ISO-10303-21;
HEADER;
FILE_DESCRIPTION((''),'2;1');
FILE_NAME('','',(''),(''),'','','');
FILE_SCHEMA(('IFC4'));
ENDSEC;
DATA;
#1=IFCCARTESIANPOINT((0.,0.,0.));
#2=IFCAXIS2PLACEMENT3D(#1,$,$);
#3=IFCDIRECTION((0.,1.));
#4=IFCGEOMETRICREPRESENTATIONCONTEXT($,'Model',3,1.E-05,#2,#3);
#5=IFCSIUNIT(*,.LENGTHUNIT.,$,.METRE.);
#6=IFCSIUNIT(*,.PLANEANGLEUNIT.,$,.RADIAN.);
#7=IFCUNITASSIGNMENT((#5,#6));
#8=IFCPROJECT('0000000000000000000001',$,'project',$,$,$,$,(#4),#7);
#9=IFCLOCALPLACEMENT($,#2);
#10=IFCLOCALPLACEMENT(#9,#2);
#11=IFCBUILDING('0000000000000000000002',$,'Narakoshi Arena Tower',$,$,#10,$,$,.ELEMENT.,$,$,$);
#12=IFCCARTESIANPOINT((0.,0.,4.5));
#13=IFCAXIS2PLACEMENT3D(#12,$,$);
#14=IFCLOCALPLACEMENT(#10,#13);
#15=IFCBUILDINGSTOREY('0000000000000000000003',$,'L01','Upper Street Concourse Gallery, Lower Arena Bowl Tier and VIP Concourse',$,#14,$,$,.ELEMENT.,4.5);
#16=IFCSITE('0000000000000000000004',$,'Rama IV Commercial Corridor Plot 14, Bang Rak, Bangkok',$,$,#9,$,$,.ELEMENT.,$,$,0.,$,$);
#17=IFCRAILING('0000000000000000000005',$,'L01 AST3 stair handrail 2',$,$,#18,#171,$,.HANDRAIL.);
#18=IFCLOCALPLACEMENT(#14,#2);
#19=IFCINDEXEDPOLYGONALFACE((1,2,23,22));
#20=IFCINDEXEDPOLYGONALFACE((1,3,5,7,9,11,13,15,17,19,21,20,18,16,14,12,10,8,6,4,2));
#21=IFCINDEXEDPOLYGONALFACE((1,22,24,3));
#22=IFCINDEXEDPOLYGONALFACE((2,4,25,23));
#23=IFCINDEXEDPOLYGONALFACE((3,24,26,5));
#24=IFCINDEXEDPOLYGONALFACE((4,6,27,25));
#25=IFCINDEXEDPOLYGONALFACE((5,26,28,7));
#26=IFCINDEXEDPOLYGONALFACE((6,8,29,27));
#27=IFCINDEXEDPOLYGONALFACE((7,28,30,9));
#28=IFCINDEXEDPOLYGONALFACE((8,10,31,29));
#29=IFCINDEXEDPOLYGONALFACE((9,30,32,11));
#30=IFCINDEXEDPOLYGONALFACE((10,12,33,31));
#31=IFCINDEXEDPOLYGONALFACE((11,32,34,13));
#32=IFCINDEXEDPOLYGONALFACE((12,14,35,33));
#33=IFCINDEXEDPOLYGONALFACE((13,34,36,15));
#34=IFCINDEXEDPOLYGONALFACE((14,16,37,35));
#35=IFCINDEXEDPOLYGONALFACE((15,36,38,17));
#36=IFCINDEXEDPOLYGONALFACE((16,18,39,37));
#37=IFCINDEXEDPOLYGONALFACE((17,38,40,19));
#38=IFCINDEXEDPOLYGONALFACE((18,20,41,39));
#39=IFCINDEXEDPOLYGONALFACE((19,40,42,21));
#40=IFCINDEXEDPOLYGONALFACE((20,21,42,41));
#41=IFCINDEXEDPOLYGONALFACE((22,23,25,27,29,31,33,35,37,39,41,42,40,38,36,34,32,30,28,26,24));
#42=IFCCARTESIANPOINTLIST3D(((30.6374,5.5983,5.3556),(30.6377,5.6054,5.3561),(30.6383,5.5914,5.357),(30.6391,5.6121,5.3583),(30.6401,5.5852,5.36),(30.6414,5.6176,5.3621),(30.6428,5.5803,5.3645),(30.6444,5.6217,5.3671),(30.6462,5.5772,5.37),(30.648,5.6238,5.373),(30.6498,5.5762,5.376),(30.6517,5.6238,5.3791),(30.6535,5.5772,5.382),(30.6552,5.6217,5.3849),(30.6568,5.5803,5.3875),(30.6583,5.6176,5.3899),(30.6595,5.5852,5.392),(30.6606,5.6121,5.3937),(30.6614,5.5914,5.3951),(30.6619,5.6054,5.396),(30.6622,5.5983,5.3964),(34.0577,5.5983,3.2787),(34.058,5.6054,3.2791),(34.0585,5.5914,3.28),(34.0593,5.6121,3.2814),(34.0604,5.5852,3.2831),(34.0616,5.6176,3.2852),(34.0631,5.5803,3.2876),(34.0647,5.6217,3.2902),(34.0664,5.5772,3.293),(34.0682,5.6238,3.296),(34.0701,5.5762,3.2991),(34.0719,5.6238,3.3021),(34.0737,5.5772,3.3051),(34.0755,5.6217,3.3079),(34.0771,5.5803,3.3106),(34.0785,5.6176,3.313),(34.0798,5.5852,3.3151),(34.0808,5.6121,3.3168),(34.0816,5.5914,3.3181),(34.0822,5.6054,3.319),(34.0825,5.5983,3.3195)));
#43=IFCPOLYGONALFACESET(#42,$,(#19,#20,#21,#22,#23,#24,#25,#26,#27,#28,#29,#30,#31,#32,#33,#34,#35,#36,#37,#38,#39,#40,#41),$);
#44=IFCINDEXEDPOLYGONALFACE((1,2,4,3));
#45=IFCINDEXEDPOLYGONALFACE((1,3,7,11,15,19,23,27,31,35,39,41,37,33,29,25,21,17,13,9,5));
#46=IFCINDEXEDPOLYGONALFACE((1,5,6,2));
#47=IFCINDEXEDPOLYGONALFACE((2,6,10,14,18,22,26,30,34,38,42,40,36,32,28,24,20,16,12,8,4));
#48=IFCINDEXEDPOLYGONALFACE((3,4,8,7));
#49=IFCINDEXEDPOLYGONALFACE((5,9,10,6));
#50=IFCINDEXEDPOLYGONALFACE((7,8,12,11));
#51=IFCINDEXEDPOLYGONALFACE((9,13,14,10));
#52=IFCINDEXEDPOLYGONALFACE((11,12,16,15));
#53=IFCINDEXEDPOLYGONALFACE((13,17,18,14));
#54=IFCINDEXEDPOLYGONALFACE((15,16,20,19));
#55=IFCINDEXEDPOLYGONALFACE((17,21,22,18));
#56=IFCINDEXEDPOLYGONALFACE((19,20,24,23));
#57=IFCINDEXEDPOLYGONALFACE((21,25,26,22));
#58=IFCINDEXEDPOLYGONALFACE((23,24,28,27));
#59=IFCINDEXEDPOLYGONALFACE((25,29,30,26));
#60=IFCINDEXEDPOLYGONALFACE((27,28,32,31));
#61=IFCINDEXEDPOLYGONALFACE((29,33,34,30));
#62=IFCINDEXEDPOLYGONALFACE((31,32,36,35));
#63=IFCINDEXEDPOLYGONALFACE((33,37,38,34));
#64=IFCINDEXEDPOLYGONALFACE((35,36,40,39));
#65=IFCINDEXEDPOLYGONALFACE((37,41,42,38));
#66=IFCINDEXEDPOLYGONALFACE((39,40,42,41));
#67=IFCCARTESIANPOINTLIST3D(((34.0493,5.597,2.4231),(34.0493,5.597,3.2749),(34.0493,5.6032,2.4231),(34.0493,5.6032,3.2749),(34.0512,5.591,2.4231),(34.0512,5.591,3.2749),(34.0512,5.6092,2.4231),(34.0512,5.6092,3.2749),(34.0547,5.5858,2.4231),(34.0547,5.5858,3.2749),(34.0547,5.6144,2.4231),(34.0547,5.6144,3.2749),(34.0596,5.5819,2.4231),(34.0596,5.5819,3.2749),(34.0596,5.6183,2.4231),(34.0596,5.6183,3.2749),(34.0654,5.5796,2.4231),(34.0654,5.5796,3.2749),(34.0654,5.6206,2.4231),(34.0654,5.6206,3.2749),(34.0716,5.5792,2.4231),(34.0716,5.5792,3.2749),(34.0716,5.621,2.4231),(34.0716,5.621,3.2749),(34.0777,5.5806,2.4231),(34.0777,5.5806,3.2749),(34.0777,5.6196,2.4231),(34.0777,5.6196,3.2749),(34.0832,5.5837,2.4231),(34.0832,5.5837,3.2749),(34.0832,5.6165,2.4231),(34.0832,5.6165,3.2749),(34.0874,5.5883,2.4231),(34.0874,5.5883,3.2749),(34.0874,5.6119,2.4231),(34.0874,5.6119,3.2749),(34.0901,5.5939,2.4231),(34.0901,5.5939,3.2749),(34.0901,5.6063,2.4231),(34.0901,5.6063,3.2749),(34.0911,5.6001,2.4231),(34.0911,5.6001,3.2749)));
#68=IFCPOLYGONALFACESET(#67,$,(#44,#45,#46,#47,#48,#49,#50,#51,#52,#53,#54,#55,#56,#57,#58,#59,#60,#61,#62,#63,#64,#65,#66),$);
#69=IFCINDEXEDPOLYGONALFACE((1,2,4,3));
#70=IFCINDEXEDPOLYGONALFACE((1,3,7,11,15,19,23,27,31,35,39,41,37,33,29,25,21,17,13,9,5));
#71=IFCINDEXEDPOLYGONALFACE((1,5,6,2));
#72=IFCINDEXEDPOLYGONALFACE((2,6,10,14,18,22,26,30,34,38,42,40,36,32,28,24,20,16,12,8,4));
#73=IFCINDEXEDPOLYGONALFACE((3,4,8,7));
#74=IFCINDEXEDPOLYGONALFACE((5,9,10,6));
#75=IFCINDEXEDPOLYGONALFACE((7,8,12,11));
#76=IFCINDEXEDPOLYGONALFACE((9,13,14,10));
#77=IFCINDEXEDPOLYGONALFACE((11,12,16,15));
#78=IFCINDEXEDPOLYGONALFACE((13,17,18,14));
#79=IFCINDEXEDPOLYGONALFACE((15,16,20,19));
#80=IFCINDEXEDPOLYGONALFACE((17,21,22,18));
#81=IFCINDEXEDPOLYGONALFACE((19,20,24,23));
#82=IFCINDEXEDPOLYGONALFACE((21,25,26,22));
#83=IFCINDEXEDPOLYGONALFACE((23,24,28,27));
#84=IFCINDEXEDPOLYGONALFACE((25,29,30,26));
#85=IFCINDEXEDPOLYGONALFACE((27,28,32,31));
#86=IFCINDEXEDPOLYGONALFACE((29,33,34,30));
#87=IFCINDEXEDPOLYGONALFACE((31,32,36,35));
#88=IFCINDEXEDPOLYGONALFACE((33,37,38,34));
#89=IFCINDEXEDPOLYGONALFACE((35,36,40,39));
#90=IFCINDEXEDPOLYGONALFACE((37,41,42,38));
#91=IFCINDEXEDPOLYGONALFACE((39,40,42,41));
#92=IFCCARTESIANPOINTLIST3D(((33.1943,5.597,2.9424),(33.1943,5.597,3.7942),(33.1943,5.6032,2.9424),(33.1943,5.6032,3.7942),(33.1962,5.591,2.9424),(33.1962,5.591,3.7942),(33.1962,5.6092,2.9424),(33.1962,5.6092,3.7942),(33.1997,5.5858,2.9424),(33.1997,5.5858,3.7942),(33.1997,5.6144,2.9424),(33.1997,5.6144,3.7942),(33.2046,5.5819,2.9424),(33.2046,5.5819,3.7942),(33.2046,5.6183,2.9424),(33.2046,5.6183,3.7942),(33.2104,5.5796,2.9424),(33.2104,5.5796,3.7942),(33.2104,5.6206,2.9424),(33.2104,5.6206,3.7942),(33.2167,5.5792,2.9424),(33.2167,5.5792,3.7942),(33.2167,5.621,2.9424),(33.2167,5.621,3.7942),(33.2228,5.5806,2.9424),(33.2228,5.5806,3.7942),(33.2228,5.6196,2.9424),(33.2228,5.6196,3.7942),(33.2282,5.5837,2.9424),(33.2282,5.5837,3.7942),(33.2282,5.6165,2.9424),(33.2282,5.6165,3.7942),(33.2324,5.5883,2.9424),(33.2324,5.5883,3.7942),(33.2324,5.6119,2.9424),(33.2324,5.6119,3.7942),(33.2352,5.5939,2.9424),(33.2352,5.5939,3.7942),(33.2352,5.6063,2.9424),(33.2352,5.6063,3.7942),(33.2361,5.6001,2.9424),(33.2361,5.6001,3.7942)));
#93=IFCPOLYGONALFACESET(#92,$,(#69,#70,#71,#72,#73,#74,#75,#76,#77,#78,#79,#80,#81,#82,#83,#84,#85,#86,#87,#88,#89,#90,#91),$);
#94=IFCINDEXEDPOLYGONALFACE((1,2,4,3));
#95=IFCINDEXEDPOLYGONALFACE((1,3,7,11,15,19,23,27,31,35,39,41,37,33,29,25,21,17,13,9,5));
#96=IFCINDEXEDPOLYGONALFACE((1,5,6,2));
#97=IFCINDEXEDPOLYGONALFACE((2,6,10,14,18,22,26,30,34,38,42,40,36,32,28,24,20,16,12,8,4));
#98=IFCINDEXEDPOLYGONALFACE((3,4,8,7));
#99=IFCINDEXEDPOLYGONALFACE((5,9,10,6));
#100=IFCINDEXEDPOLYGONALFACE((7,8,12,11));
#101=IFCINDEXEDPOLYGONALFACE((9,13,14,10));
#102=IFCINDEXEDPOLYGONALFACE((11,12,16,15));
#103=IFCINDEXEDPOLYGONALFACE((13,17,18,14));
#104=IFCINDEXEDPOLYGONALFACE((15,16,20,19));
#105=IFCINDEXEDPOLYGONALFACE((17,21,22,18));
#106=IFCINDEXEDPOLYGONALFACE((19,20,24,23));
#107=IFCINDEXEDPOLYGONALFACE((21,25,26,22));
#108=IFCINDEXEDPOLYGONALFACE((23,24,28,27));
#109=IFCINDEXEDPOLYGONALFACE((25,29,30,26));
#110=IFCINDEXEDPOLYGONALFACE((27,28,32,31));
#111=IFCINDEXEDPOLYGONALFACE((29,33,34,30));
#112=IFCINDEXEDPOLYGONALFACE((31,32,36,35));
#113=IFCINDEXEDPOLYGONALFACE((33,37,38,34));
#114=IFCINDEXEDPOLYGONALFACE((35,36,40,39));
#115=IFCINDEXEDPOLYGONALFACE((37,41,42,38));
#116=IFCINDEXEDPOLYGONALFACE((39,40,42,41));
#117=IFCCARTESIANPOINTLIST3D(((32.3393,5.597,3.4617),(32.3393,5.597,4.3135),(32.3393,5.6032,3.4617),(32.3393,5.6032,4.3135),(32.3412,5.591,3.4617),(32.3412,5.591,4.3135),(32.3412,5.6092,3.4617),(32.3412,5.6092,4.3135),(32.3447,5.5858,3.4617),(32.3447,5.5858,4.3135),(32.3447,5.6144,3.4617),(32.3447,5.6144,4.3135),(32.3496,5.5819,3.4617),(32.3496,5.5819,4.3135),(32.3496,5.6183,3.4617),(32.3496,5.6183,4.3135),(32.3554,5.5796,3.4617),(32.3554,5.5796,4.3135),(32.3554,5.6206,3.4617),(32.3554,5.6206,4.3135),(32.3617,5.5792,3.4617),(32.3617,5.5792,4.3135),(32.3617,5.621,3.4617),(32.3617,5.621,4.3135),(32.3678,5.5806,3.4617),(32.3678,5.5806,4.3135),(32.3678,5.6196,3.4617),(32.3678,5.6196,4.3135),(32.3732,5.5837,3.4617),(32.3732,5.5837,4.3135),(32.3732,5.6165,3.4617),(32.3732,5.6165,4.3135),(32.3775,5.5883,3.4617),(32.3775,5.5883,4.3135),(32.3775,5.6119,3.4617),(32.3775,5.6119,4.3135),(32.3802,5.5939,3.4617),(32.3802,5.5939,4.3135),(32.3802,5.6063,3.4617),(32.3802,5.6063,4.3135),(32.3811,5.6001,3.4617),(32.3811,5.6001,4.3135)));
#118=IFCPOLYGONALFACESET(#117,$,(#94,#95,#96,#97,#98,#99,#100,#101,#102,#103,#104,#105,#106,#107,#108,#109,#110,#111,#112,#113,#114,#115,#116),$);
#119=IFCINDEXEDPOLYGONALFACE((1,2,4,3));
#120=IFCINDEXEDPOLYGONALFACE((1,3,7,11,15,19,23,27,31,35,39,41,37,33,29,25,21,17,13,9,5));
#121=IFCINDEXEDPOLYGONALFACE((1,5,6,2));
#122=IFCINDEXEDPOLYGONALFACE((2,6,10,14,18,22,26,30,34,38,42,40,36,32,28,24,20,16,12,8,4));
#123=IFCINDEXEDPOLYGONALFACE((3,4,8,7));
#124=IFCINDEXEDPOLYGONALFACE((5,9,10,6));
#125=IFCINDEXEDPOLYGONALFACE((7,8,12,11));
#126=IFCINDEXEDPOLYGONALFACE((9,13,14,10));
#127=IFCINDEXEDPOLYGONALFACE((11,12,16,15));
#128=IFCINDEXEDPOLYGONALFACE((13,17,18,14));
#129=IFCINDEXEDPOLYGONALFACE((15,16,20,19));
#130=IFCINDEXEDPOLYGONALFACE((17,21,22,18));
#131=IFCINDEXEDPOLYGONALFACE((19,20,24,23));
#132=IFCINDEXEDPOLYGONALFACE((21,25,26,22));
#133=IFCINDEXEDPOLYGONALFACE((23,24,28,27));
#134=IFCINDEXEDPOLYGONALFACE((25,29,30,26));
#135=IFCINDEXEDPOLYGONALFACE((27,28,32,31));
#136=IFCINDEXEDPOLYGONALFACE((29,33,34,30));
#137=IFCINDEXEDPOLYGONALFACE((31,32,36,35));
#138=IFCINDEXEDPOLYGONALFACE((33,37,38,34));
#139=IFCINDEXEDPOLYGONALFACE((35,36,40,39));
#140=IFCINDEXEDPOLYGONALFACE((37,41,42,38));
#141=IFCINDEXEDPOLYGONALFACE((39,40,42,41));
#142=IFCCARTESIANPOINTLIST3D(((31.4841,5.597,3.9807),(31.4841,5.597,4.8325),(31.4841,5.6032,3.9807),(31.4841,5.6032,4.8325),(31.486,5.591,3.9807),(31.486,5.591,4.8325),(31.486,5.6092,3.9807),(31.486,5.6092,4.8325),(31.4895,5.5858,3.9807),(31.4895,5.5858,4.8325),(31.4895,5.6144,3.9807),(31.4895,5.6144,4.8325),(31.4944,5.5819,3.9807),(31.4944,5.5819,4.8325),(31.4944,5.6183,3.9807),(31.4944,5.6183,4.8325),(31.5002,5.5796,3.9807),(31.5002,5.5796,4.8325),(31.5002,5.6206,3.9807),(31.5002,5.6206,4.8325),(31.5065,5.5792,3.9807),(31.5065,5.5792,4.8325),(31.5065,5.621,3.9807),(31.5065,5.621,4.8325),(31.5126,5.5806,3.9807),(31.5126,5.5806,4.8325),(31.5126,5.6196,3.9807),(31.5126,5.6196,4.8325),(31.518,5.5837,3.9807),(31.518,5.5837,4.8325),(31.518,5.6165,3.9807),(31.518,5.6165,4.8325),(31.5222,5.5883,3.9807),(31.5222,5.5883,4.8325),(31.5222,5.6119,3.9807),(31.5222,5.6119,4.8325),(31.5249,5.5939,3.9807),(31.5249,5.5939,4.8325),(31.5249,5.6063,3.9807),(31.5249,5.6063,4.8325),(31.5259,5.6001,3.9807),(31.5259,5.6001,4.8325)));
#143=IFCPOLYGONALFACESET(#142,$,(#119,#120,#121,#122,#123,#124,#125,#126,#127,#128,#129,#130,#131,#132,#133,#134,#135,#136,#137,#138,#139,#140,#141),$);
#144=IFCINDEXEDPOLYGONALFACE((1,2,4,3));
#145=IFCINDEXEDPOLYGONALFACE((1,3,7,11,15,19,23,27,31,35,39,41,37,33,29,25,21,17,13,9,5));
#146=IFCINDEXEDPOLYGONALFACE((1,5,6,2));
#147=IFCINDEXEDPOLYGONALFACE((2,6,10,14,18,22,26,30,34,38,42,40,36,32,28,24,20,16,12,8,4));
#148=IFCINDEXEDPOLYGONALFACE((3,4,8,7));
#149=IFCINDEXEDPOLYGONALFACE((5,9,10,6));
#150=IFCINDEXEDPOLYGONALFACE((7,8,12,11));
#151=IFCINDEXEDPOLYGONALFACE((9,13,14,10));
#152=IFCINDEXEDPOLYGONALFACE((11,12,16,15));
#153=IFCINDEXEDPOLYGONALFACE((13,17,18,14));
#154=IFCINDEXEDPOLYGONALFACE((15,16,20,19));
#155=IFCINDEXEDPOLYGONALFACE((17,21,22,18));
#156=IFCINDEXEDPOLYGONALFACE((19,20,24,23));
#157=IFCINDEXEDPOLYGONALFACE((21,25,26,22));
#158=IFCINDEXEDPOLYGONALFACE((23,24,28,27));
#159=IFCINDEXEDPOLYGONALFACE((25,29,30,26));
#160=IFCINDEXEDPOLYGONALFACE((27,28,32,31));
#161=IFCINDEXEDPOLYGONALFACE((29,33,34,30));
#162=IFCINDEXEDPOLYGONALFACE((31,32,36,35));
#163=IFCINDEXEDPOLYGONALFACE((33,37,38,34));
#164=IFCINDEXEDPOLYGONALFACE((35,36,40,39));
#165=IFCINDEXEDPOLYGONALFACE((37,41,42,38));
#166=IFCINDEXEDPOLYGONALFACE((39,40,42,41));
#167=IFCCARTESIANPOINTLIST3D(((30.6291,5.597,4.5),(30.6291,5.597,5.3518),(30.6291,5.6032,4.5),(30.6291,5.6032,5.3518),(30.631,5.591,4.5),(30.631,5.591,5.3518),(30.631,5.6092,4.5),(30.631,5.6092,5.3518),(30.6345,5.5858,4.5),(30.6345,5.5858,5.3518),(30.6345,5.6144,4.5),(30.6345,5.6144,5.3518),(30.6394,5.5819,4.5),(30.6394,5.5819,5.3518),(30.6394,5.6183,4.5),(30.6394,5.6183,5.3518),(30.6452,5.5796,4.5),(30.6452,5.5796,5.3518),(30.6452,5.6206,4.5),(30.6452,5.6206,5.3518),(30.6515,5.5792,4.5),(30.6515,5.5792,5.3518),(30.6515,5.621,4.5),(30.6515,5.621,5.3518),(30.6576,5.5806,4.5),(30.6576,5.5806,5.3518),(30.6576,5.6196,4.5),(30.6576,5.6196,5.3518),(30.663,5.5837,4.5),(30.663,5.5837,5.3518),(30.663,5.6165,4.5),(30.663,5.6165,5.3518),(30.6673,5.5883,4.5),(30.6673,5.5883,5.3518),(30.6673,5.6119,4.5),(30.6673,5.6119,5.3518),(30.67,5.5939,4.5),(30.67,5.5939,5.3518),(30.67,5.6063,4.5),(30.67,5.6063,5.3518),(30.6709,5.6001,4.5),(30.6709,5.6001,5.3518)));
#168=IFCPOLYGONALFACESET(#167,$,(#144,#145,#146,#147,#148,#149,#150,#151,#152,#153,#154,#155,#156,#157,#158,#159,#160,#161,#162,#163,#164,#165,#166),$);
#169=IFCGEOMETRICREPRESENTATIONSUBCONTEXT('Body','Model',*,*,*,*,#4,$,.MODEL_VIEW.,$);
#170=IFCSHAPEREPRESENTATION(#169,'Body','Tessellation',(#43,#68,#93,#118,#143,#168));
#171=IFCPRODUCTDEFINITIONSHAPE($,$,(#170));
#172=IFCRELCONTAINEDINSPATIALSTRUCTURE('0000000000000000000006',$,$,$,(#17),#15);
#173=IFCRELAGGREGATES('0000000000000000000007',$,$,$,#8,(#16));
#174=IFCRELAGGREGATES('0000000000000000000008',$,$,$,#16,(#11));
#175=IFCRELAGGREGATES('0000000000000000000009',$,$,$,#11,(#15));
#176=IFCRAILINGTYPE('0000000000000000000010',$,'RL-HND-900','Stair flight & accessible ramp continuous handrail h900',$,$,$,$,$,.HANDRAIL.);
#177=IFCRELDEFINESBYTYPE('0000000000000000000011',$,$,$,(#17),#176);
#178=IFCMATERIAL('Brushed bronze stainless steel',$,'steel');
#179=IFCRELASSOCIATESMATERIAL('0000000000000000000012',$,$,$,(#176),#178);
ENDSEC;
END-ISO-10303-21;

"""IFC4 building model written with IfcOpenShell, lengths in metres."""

from ifc_helpers import new_model, si_unit, direction, frame, origin, origin_2d, place, context, subcontext, project, spatial, circle, extrude, material, type_object, element, save


model = new_model("IFC4")

# Units and contexts
model_context = context("Model", 3, precision=1e-05, world=origin(), true_north=direction((0.0, 1.0)))
body_context = subcontext(model_context, "Body", "Model", "MODEL_VIEW")
ifc_project = project(units=[si_unit("LENGTHUNIT", "METRE"), si_unit("PLANEANGLEUNIT", "RADIAN")], contexts=[model_context])

# Site, building, storey
site_placement = place(None, origin())
site = spatial("IfcSite", under=ifc_project, at=site_placement, Name="Rama IV Commercial Corridor Plot 14, Bang Rak, Bangkok", CompositionType="ELEMENT", RefElevation=0.0)
building_placement = place(site_placement, origin())
building = spatial("IfcBuilding", under=site, at=building_placement, Name="Narakoshi Arena Tower", CompositionType="ELEMENT")
storey_placement = place(building_placement, frame((0.0, 0.0, 4.5)))
storey = spatial("IfcBuildingStorey", under=building, at=storey_placement, Name="L01", Description="Upper Street Concourse Gallery, Lower Arena Bowl Tier and VIP Concourse", CompositionType="ELEMENT", Elevation=4.5)

# Railing
ifc_material_1 = material(Name="Brushed bronze stainless steel", Category="steel")
railing_type_1 = type_object("IfcRailingType", Name="RL-HND-900", Description="Stair flight & accessible ramp continuous handrail h900", PredefinedType="HANDRAIL", material=ifc_material_1)
railing_1_placement = place(storey_placement, frame((34.0701, 5.6001, 2.4231)))
element("IfcRailing", 1, at=railing_1_placement, inside=storey, type_object=railing_type_1, Name="L01 AST3 stair handrail 2", PredefinedType="HANDRAIL", context=body_context, shape_type="SweptSolid", body=[
    extrude(circle(Radius=0.0239, at=origin_2d()), frame((0.0, 0.0, 0.876), z_axis=(-0.854746, 0.0, 0.519047), x_axis=(0.0, -1.0, 0.0)), (0.0, 0.0, 1.0), 4.0015),
    extrude(circle(Radius=0.021, at=origin_2d()), origin(), (0.0, 0.0, 1.0), 0.8518),
    extrude(circle(Radius=0.021, at=origin_2d()), frame((-0.855, 0.0, 0.5193)), (0.0, 0.0, 1.0), 0.8518),
    extrude(circle(Radius=0.021, at=origin_2d()), frame((-1.71, 0.0, 1.0386)), (0.0, 0.0, 1.0), 0.8518),
    extrude(circle(Radius=0.021, at=origin_2d()), frame((-2.5652, 0.0, 1.5576)), (0.0, 0.0, 1.0), 0.8518),
    extrude(circle(Radius=0.021, at=origin_2d()), frame((-3.4202, 0.0, 2.0769)), (0.0, 0.0, 1.0), 0.8518),
])

save(model, "model.ifc")
